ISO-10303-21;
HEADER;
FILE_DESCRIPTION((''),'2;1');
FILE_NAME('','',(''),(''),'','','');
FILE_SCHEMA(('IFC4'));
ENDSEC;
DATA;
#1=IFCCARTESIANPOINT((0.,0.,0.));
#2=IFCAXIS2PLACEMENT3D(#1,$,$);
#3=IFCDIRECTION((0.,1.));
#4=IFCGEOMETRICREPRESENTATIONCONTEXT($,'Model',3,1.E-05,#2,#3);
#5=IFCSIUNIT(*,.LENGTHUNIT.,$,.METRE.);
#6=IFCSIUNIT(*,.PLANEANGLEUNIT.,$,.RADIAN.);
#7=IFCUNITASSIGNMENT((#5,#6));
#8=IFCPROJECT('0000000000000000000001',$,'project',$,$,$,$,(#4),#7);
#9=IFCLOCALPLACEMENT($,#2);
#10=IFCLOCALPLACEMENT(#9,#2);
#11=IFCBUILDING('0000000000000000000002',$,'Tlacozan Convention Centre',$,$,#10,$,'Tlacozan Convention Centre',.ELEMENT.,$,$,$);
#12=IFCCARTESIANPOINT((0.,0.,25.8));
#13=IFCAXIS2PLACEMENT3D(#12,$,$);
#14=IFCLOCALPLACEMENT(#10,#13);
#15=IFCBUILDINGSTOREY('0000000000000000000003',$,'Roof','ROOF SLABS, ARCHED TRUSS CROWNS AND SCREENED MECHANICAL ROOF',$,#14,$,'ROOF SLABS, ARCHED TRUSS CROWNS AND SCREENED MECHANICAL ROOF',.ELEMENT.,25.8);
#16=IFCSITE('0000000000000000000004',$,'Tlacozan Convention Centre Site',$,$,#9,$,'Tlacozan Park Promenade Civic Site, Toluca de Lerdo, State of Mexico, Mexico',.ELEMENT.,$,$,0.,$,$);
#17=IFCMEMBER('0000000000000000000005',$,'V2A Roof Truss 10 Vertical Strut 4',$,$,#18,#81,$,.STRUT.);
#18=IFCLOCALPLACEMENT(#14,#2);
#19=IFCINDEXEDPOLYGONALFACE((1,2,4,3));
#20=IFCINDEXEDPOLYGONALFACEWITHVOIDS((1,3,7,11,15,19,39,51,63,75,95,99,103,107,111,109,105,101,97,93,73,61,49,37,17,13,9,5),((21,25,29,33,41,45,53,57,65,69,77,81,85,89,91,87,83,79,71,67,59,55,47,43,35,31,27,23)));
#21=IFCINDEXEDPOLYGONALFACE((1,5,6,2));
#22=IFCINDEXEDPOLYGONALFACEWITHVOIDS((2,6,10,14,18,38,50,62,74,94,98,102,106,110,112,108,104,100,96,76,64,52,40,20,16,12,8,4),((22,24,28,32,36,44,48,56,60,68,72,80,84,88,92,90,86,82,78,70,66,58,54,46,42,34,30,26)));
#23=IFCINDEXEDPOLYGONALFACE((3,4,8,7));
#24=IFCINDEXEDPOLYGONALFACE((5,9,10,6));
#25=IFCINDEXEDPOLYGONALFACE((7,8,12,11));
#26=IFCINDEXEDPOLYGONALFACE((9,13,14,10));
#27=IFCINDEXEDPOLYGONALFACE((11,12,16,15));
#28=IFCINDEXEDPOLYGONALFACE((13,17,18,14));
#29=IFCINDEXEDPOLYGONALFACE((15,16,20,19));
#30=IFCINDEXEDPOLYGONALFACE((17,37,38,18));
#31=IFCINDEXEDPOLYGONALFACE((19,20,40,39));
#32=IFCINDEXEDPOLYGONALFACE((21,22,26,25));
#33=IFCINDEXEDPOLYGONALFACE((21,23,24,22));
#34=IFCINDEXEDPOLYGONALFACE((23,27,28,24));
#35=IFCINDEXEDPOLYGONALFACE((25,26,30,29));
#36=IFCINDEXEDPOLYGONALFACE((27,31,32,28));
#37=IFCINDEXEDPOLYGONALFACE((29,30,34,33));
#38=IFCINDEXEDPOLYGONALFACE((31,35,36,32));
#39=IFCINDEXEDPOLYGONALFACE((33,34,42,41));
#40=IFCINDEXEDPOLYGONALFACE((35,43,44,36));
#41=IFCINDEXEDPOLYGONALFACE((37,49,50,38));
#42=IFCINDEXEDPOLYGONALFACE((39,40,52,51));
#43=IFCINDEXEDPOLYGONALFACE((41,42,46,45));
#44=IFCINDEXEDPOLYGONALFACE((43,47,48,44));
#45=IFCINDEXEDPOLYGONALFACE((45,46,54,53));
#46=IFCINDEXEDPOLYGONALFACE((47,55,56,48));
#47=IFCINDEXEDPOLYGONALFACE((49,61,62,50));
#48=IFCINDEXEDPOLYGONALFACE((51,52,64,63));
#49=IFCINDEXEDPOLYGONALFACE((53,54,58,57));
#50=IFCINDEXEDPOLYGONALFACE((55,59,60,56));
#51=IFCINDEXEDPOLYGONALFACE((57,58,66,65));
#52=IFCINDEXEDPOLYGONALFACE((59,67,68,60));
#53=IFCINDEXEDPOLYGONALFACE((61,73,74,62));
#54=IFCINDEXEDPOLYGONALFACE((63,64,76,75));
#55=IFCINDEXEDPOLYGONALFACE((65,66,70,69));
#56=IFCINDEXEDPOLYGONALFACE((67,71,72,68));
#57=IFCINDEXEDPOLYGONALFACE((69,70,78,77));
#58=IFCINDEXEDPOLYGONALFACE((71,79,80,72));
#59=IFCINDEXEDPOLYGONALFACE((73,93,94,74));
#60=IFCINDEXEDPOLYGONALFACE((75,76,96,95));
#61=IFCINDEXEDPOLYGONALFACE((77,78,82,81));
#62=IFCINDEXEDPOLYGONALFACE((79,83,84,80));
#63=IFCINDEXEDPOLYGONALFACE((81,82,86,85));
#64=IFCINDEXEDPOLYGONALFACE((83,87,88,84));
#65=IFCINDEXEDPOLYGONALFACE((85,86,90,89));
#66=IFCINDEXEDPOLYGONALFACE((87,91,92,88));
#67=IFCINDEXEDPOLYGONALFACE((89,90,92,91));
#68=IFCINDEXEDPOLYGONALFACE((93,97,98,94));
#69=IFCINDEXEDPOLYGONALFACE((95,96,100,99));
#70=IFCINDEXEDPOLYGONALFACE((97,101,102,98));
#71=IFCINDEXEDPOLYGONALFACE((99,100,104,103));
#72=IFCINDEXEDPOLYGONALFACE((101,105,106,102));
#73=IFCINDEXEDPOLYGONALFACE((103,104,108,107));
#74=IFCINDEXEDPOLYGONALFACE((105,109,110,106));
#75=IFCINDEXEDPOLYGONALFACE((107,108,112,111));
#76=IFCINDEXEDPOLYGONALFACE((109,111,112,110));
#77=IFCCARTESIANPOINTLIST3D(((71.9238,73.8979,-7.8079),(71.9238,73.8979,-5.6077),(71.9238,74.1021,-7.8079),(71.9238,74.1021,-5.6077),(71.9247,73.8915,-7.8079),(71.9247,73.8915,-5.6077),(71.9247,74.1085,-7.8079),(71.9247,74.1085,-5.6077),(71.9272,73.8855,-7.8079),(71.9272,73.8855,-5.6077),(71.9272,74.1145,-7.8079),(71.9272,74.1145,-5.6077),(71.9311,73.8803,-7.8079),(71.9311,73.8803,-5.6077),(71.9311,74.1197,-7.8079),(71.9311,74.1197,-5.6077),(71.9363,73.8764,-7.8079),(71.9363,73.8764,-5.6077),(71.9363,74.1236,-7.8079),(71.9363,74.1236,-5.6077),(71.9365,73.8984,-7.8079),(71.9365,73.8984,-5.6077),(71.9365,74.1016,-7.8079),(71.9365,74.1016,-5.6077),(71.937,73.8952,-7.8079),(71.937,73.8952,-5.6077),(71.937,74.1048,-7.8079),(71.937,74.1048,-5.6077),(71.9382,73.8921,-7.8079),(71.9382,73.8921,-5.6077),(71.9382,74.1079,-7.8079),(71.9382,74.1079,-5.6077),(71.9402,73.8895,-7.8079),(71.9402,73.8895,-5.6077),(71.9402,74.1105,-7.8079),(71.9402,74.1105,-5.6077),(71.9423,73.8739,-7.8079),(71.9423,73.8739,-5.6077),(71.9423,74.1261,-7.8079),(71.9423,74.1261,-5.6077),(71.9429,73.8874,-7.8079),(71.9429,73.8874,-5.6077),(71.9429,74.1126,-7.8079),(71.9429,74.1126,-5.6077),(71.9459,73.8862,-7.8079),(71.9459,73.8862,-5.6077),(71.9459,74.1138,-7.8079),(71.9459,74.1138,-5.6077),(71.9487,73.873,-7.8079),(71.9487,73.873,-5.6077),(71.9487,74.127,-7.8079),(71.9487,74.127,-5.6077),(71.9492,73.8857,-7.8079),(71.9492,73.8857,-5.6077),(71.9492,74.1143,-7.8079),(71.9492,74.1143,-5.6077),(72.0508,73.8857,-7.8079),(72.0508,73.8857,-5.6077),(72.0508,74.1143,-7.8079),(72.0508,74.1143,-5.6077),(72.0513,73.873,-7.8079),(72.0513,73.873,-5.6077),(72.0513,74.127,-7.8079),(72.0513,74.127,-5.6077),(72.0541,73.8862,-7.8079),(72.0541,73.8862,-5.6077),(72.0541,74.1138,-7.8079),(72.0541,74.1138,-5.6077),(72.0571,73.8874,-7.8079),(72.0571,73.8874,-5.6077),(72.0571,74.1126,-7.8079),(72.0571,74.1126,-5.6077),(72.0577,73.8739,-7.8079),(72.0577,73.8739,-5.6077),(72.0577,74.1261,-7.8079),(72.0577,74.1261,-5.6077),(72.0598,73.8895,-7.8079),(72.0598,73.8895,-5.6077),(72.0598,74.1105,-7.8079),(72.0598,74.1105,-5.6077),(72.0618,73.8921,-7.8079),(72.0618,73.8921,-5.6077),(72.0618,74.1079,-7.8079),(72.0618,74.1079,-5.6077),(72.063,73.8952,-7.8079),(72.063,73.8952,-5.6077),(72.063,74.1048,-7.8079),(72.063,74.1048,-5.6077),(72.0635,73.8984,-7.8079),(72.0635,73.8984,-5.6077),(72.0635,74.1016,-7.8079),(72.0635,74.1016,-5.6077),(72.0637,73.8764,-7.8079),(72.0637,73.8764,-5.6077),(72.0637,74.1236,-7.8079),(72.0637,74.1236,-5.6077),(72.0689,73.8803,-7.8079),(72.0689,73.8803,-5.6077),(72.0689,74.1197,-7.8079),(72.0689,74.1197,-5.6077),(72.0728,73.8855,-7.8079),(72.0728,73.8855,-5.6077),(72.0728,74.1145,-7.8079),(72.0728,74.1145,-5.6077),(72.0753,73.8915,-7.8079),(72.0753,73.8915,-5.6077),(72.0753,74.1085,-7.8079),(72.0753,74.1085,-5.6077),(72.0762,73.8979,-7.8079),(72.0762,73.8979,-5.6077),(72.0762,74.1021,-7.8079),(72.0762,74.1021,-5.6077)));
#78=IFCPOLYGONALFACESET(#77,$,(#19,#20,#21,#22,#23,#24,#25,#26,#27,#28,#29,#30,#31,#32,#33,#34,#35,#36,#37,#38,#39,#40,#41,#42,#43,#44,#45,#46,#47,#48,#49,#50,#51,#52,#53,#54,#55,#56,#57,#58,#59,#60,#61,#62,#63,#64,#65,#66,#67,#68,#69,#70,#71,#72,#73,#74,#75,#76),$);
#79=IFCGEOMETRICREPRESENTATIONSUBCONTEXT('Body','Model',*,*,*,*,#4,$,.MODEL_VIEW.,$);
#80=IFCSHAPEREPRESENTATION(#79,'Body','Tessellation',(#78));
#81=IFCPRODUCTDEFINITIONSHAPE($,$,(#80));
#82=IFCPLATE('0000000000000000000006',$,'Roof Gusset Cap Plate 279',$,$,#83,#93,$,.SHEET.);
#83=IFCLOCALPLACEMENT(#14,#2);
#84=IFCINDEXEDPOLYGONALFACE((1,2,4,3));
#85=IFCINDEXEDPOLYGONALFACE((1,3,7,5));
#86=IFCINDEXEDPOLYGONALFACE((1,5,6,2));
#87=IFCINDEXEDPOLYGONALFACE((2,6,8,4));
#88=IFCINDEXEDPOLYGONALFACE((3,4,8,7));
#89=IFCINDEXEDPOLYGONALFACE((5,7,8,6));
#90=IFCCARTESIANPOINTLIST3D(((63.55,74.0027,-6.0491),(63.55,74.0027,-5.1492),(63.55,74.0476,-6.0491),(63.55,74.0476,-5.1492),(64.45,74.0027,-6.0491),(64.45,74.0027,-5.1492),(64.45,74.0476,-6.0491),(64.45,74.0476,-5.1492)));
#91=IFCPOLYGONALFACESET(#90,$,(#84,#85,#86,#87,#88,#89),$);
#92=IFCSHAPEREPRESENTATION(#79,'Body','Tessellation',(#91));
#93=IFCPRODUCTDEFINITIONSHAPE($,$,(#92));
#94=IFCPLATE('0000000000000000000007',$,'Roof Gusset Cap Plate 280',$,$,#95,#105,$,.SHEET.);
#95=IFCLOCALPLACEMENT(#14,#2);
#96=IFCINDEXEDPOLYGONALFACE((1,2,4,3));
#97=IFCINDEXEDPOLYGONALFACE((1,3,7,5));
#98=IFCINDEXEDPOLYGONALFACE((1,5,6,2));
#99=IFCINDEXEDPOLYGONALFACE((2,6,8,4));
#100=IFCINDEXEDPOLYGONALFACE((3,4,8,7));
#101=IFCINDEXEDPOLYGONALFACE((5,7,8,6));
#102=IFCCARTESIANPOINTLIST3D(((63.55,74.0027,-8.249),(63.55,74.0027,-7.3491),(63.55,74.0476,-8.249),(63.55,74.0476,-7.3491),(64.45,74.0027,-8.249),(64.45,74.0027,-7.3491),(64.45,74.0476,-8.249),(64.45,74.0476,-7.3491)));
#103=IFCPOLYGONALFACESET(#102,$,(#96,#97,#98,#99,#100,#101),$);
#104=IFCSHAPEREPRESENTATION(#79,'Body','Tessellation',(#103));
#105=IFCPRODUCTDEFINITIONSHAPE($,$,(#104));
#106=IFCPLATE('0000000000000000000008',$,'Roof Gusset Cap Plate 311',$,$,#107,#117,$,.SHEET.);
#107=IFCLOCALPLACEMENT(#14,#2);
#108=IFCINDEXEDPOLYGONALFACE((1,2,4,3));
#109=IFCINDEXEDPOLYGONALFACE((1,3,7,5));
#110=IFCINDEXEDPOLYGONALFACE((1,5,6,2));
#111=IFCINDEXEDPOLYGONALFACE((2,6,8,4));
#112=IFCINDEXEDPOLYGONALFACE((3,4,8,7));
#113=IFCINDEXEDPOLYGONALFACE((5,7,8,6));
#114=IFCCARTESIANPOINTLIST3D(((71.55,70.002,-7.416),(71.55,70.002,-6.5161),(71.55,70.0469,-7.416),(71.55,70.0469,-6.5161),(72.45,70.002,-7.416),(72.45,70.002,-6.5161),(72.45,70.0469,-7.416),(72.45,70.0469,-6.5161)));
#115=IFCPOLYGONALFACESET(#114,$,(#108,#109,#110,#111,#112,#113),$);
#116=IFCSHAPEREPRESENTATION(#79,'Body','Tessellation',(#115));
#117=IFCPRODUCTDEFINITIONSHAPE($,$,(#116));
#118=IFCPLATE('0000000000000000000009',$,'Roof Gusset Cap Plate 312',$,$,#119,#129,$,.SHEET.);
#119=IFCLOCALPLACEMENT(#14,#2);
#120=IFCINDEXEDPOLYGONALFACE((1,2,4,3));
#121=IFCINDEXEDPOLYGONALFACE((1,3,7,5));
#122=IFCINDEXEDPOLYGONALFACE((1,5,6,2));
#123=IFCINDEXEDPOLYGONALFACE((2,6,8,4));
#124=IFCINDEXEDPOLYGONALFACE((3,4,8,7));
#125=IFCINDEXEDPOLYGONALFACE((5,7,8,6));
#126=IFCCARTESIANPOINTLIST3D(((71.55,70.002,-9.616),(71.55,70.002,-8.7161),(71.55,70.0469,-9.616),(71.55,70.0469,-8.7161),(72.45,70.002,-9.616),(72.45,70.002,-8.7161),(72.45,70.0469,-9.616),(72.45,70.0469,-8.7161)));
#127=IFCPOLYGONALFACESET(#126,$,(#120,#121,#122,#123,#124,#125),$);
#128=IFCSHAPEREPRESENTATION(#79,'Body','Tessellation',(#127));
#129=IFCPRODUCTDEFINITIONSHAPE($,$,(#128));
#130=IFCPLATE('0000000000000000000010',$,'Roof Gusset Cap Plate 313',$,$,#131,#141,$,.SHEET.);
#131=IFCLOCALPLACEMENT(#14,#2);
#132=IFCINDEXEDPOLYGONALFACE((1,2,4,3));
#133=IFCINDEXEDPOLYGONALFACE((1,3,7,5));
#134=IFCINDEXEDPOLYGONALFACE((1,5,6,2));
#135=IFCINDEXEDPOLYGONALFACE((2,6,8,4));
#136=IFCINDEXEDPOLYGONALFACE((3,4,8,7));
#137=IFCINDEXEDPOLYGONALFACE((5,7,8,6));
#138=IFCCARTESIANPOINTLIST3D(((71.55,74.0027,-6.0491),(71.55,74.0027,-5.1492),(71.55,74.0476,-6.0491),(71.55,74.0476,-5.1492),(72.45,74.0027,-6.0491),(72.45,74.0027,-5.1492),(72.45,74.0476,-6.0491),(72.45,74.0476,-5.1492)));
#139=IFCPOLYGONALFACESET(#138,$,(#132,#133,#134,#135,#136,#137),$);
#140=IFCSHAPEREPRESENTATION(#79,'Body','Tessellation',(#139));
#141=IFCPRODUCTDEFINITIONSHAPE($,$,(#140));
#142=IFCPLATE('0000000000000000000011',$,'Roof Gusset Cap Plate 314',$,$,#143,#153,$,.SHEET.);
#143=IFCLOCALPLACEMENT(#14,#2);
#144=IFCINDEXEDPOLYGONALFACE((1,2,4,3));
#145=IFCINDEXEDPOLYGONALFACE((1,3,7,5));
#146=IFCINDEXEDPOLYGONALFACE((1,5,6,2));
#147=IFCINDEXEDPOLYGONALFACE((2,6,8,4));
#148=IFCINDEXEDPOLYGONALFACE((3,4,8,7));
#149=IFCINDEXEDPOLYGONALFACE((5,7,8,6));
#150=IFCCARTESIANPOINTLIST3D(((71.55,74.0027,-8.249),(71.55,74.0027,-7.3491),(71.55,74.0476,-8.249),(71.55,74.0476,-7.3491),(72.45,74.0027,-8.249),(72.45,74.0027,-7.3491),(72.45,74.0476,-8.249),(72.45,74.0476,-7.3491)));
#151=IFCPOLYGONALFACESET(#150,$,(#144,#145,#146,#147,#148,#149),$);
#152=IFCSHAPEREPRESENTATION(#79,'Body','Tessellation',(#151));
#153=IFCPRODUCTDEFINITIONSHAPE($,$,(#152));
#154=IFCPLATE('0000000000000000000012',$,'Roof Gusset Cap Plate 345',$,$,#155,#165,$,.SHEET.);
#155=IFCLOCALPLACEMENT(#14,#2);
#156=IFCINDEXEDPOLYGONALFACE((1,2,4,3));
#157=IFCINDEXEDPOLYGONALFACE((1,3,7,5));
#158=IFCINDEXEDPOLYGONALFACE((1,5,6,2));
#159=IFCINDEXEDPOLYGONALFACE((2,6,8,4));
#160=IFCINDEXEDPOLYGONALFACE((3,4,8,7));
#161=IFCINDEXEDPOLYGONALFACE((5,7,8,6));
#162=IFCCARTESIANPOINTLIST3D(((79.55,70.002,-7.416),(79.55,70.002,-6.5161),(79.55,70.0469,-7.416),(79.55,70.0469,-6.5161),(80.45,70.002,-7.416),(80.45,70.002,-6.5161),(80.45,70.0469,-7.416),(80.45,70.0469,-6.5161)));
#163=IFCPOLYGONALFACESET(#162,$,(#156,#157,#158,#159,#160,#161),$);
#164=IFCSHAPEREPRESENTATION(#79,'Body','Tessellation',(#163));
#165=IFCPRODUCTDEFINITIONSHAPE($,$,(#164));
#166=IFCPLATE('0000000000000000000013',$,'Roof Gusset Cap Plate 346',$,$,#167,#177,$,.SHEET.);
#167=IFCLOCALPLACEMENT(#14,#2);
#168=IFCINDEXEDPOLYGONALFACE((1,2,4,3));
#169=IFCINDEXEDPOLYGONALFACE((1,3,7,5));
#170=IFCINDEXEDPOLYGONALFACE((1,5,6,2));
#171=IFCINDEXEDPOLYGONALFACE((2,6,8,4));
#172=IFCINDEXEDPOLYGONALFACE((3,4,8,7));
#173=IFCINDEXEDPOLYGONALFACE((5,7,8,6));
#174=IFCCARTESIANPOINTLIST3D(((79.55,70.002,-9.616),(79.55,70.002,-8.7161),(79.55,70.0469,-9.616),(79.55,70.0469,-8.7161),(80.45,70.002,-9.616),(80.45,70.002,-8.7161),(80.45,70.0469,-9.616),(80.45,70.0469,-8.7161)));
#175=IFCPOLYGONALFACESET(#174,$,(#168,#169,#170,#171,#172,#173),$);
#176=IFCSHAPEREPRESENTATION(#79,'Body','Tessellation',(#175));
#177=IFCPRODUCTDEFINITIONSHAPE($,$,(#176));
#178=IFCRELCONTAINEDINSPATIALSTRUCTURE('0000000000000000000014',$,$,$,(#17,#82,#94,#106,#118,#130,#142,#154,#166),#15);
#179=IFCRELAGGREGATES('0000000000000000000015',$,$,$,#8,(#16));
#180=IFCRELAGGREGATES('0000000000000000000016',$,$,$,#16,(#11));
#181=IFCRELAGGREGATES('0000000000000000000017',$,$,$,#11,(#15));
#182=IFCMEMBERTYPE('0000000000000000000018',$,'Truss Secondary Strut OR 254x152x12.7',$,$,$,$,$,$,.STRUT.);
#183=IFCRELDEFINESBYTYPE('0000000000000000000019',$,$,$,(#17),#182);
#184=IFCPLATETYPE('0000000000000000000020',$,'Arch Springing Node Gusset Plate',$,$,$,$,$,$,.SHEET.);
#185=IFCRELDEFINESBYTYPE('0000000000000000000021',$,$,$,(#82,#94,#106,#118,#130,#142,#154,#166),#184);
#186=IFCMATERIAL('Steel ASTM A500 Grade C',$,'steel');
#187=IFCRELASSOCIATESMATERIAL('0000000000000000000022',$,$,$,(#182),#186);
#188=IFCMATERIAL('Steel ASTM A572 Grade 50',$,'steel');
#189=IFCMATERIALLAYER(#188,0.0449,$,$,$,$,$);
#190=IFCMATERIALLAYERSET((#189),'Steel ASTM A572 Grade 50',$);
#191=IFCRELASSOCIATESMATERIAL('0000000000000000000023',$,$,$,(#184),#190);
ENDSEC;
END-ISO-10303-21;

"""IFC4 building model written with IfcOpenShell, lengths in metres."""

from ifc_helpers import new_model, si_unit, direction, frame, origin, origin_2d, place, context, subcontext, project, spatial, rectangle, hollow_rectangle, extrude, material, layer, layer_set, material_profile, profile_set, type_object, element, save


model = new_model("IFC4")

# Units and contexts
model_context = context("Model", 3, precision=1e-05, world=origin(), true_north=direction((0.0, 1.0)))
body_context = subcontext(model_context, "Body", "Model", "MODEL_VIEW")
ifc_project = project(units=[si_unit("LENGTHUNIT", "METRE"), si_unit("PLANEANGLEUNIT", "RADIAN")], contexts=[model_context])

# Site, building, storey
site_placement = place(None, origin())
site = spatial("IfcSite", under=ifc_project, at=site_placement, Name="Tlacozan Convention Centre Site", LongName="Tlacozan Park Promenade Civic Site, Toluca de Lerdo, State of Mexico, Mexico", CompositionType="ELEMENT", RefElevation=0.0)
building_placement = place(site_placement, origin())
building = spatial("IfcBuilding", under=site, at=building_placement, Name="Tlacozan Convention Centre", LongName="Tlacozan Convention Centre", CompositionType="ELEMENT")
storey_placement = place(building_placement, frame((0.0, 0.0, 25.8)))
storey = spatial("IfcBuildingStorey", under=building, at=storey_placement, Name="Roof", Description="ROOF SLABS, ARCHED TRUSS CROWNS AND SCREENED MECHANICAL ROOF", LongName="ROOF SLABS, ARCHED TRUSS CROWNS AND SCREENED MECHANICAL ROOF", CompositionType="ELEMENT", Elevation=25.8)

# Member
ifc_material_1 = material(Name="Steel ASTM A500 Grade C", Category="steel")
ifc_material_profile_1 = material_profile(ifc_material_1, hollow_rectangle(XDim=0.1523, YDim=0.2539, WallThickness=0.0127, InnerFilletRadius=0.0127, OuterFilletRadius=0.0249, at=origin_2d()), Name="OR 254x152x12.7")
ifc_profile_set_1 = profile_set([ifc_material_profile_1], Name="Steel ASTM A500 Grade C")
member_type_1 = type_object("IfcMemberType", Name="Truss Secondary Strut OR 254x152x12.7", PredefinedType="STRUT", material=ifc_profile_set_1)
for number, where, z_axis, x_axis, name in (
    (1, (72.0, 74.0, -7.8079), (0.0, 0.0, 1.0), (1.0, 0.0, 0.0), "V2A Roof Truss 10 Vertical Strut 4"),
):
    element("IfcMember", number, at=place(storey_placement, frame(where, z_axis=z_axis, x_axis=x_axis)), inside=storey, type_object=member_type_1, Name=name, PredefinedType="STRUT", context=body_context, shape_type="SweptSolid", body=[
        extrude(hollow_rectangle(XDim=0.1523, YDim=0.2539, WallThickness=0.0127, InnerFilletRadius=0.0127, OuterFilletRadius=0.0249, at=origin_2d()), origin(), (0.0, 0.0, 1.0), 2.2002),
    ])

# Plates
ifc_material_2 = material(Name="Steel ASTM A572 Grade 50", Category="steel")
ifc_layer = layer(ifc_material_2, 0.0449)
ifc_layer_set = layer_set([ifc_layer], Name="Steel ASTM A572 Grade 50")
plate_type = type_object("IfcPlateType", Name="Arch Springing Node Gusset Plate", PredefinedType="SHEET", material=ifc_layer_set)
for number, where, z_axis, x_axis, name in (
    (2, (64.0, 74.0251, -6.0491), (0.0, 0.0, 1.0), (0.0, 1.0, 0.0), "Roof Gusset Cap Plate 279"),
    (3, (64.0, 74.0251, -8.249), (0.0, 0.0, 1.0), (0.0, 1.0, 0.0), "Roof Gusset Cap Plate 280"),
    (4, (72.0, 70.0244, -7.416), (0.0, 0.0, 1.0), (0.0, 1.0, 0.0), "Roof Gusset Cap Plate 311"),
    (5, (72.0, 70.0244, -9.616), (0.0, 0.0, 1.0), (0.0, 1.0, 0.0), "Roof Gusset Cap Plate 312"),
    (6, (72.0, 74.0251, -6.0491), (0.0, 0.0, 1.0), (0.0, 1.0, 0.0), "Roof Gusset Cap Plate 313"),
    (7, (72.0, 74.0251, -8.249), (0.0, 0.0, 1.0), (0.0, 1.0, 0.0), "Roof Gusset Cap Plate 314"),
    (8, (80.0, 70.0244, -7.416), (0.0, 0.0, 1.0), (0.0, 1.0, 0.0), "Roof Gusset Cap Plate 345"),
    (9, (80.0, 70.0244, -9.616), (0.0, 0.0, 1.0), (0.0, 1.0, 0.0), "Roof Gusset Cap Plate 346"),
):
    element("IfcPlate", number, at=place(storey_placement, frame(where, z_axis=z_axis, x_axis=x_axis)), inside=storey, type_object=plate_type, Name=name, PredefinedType="SHEET", context=body_context, shape_type="SweptSolid", body=[
        extrude(rectangle(XDim=0.0449, YDim=0.8999, at=origin_2d()), origin(), (0.0, 0.0, 1.0), 0.8999),
    ])

save(model, "model.ifc")
